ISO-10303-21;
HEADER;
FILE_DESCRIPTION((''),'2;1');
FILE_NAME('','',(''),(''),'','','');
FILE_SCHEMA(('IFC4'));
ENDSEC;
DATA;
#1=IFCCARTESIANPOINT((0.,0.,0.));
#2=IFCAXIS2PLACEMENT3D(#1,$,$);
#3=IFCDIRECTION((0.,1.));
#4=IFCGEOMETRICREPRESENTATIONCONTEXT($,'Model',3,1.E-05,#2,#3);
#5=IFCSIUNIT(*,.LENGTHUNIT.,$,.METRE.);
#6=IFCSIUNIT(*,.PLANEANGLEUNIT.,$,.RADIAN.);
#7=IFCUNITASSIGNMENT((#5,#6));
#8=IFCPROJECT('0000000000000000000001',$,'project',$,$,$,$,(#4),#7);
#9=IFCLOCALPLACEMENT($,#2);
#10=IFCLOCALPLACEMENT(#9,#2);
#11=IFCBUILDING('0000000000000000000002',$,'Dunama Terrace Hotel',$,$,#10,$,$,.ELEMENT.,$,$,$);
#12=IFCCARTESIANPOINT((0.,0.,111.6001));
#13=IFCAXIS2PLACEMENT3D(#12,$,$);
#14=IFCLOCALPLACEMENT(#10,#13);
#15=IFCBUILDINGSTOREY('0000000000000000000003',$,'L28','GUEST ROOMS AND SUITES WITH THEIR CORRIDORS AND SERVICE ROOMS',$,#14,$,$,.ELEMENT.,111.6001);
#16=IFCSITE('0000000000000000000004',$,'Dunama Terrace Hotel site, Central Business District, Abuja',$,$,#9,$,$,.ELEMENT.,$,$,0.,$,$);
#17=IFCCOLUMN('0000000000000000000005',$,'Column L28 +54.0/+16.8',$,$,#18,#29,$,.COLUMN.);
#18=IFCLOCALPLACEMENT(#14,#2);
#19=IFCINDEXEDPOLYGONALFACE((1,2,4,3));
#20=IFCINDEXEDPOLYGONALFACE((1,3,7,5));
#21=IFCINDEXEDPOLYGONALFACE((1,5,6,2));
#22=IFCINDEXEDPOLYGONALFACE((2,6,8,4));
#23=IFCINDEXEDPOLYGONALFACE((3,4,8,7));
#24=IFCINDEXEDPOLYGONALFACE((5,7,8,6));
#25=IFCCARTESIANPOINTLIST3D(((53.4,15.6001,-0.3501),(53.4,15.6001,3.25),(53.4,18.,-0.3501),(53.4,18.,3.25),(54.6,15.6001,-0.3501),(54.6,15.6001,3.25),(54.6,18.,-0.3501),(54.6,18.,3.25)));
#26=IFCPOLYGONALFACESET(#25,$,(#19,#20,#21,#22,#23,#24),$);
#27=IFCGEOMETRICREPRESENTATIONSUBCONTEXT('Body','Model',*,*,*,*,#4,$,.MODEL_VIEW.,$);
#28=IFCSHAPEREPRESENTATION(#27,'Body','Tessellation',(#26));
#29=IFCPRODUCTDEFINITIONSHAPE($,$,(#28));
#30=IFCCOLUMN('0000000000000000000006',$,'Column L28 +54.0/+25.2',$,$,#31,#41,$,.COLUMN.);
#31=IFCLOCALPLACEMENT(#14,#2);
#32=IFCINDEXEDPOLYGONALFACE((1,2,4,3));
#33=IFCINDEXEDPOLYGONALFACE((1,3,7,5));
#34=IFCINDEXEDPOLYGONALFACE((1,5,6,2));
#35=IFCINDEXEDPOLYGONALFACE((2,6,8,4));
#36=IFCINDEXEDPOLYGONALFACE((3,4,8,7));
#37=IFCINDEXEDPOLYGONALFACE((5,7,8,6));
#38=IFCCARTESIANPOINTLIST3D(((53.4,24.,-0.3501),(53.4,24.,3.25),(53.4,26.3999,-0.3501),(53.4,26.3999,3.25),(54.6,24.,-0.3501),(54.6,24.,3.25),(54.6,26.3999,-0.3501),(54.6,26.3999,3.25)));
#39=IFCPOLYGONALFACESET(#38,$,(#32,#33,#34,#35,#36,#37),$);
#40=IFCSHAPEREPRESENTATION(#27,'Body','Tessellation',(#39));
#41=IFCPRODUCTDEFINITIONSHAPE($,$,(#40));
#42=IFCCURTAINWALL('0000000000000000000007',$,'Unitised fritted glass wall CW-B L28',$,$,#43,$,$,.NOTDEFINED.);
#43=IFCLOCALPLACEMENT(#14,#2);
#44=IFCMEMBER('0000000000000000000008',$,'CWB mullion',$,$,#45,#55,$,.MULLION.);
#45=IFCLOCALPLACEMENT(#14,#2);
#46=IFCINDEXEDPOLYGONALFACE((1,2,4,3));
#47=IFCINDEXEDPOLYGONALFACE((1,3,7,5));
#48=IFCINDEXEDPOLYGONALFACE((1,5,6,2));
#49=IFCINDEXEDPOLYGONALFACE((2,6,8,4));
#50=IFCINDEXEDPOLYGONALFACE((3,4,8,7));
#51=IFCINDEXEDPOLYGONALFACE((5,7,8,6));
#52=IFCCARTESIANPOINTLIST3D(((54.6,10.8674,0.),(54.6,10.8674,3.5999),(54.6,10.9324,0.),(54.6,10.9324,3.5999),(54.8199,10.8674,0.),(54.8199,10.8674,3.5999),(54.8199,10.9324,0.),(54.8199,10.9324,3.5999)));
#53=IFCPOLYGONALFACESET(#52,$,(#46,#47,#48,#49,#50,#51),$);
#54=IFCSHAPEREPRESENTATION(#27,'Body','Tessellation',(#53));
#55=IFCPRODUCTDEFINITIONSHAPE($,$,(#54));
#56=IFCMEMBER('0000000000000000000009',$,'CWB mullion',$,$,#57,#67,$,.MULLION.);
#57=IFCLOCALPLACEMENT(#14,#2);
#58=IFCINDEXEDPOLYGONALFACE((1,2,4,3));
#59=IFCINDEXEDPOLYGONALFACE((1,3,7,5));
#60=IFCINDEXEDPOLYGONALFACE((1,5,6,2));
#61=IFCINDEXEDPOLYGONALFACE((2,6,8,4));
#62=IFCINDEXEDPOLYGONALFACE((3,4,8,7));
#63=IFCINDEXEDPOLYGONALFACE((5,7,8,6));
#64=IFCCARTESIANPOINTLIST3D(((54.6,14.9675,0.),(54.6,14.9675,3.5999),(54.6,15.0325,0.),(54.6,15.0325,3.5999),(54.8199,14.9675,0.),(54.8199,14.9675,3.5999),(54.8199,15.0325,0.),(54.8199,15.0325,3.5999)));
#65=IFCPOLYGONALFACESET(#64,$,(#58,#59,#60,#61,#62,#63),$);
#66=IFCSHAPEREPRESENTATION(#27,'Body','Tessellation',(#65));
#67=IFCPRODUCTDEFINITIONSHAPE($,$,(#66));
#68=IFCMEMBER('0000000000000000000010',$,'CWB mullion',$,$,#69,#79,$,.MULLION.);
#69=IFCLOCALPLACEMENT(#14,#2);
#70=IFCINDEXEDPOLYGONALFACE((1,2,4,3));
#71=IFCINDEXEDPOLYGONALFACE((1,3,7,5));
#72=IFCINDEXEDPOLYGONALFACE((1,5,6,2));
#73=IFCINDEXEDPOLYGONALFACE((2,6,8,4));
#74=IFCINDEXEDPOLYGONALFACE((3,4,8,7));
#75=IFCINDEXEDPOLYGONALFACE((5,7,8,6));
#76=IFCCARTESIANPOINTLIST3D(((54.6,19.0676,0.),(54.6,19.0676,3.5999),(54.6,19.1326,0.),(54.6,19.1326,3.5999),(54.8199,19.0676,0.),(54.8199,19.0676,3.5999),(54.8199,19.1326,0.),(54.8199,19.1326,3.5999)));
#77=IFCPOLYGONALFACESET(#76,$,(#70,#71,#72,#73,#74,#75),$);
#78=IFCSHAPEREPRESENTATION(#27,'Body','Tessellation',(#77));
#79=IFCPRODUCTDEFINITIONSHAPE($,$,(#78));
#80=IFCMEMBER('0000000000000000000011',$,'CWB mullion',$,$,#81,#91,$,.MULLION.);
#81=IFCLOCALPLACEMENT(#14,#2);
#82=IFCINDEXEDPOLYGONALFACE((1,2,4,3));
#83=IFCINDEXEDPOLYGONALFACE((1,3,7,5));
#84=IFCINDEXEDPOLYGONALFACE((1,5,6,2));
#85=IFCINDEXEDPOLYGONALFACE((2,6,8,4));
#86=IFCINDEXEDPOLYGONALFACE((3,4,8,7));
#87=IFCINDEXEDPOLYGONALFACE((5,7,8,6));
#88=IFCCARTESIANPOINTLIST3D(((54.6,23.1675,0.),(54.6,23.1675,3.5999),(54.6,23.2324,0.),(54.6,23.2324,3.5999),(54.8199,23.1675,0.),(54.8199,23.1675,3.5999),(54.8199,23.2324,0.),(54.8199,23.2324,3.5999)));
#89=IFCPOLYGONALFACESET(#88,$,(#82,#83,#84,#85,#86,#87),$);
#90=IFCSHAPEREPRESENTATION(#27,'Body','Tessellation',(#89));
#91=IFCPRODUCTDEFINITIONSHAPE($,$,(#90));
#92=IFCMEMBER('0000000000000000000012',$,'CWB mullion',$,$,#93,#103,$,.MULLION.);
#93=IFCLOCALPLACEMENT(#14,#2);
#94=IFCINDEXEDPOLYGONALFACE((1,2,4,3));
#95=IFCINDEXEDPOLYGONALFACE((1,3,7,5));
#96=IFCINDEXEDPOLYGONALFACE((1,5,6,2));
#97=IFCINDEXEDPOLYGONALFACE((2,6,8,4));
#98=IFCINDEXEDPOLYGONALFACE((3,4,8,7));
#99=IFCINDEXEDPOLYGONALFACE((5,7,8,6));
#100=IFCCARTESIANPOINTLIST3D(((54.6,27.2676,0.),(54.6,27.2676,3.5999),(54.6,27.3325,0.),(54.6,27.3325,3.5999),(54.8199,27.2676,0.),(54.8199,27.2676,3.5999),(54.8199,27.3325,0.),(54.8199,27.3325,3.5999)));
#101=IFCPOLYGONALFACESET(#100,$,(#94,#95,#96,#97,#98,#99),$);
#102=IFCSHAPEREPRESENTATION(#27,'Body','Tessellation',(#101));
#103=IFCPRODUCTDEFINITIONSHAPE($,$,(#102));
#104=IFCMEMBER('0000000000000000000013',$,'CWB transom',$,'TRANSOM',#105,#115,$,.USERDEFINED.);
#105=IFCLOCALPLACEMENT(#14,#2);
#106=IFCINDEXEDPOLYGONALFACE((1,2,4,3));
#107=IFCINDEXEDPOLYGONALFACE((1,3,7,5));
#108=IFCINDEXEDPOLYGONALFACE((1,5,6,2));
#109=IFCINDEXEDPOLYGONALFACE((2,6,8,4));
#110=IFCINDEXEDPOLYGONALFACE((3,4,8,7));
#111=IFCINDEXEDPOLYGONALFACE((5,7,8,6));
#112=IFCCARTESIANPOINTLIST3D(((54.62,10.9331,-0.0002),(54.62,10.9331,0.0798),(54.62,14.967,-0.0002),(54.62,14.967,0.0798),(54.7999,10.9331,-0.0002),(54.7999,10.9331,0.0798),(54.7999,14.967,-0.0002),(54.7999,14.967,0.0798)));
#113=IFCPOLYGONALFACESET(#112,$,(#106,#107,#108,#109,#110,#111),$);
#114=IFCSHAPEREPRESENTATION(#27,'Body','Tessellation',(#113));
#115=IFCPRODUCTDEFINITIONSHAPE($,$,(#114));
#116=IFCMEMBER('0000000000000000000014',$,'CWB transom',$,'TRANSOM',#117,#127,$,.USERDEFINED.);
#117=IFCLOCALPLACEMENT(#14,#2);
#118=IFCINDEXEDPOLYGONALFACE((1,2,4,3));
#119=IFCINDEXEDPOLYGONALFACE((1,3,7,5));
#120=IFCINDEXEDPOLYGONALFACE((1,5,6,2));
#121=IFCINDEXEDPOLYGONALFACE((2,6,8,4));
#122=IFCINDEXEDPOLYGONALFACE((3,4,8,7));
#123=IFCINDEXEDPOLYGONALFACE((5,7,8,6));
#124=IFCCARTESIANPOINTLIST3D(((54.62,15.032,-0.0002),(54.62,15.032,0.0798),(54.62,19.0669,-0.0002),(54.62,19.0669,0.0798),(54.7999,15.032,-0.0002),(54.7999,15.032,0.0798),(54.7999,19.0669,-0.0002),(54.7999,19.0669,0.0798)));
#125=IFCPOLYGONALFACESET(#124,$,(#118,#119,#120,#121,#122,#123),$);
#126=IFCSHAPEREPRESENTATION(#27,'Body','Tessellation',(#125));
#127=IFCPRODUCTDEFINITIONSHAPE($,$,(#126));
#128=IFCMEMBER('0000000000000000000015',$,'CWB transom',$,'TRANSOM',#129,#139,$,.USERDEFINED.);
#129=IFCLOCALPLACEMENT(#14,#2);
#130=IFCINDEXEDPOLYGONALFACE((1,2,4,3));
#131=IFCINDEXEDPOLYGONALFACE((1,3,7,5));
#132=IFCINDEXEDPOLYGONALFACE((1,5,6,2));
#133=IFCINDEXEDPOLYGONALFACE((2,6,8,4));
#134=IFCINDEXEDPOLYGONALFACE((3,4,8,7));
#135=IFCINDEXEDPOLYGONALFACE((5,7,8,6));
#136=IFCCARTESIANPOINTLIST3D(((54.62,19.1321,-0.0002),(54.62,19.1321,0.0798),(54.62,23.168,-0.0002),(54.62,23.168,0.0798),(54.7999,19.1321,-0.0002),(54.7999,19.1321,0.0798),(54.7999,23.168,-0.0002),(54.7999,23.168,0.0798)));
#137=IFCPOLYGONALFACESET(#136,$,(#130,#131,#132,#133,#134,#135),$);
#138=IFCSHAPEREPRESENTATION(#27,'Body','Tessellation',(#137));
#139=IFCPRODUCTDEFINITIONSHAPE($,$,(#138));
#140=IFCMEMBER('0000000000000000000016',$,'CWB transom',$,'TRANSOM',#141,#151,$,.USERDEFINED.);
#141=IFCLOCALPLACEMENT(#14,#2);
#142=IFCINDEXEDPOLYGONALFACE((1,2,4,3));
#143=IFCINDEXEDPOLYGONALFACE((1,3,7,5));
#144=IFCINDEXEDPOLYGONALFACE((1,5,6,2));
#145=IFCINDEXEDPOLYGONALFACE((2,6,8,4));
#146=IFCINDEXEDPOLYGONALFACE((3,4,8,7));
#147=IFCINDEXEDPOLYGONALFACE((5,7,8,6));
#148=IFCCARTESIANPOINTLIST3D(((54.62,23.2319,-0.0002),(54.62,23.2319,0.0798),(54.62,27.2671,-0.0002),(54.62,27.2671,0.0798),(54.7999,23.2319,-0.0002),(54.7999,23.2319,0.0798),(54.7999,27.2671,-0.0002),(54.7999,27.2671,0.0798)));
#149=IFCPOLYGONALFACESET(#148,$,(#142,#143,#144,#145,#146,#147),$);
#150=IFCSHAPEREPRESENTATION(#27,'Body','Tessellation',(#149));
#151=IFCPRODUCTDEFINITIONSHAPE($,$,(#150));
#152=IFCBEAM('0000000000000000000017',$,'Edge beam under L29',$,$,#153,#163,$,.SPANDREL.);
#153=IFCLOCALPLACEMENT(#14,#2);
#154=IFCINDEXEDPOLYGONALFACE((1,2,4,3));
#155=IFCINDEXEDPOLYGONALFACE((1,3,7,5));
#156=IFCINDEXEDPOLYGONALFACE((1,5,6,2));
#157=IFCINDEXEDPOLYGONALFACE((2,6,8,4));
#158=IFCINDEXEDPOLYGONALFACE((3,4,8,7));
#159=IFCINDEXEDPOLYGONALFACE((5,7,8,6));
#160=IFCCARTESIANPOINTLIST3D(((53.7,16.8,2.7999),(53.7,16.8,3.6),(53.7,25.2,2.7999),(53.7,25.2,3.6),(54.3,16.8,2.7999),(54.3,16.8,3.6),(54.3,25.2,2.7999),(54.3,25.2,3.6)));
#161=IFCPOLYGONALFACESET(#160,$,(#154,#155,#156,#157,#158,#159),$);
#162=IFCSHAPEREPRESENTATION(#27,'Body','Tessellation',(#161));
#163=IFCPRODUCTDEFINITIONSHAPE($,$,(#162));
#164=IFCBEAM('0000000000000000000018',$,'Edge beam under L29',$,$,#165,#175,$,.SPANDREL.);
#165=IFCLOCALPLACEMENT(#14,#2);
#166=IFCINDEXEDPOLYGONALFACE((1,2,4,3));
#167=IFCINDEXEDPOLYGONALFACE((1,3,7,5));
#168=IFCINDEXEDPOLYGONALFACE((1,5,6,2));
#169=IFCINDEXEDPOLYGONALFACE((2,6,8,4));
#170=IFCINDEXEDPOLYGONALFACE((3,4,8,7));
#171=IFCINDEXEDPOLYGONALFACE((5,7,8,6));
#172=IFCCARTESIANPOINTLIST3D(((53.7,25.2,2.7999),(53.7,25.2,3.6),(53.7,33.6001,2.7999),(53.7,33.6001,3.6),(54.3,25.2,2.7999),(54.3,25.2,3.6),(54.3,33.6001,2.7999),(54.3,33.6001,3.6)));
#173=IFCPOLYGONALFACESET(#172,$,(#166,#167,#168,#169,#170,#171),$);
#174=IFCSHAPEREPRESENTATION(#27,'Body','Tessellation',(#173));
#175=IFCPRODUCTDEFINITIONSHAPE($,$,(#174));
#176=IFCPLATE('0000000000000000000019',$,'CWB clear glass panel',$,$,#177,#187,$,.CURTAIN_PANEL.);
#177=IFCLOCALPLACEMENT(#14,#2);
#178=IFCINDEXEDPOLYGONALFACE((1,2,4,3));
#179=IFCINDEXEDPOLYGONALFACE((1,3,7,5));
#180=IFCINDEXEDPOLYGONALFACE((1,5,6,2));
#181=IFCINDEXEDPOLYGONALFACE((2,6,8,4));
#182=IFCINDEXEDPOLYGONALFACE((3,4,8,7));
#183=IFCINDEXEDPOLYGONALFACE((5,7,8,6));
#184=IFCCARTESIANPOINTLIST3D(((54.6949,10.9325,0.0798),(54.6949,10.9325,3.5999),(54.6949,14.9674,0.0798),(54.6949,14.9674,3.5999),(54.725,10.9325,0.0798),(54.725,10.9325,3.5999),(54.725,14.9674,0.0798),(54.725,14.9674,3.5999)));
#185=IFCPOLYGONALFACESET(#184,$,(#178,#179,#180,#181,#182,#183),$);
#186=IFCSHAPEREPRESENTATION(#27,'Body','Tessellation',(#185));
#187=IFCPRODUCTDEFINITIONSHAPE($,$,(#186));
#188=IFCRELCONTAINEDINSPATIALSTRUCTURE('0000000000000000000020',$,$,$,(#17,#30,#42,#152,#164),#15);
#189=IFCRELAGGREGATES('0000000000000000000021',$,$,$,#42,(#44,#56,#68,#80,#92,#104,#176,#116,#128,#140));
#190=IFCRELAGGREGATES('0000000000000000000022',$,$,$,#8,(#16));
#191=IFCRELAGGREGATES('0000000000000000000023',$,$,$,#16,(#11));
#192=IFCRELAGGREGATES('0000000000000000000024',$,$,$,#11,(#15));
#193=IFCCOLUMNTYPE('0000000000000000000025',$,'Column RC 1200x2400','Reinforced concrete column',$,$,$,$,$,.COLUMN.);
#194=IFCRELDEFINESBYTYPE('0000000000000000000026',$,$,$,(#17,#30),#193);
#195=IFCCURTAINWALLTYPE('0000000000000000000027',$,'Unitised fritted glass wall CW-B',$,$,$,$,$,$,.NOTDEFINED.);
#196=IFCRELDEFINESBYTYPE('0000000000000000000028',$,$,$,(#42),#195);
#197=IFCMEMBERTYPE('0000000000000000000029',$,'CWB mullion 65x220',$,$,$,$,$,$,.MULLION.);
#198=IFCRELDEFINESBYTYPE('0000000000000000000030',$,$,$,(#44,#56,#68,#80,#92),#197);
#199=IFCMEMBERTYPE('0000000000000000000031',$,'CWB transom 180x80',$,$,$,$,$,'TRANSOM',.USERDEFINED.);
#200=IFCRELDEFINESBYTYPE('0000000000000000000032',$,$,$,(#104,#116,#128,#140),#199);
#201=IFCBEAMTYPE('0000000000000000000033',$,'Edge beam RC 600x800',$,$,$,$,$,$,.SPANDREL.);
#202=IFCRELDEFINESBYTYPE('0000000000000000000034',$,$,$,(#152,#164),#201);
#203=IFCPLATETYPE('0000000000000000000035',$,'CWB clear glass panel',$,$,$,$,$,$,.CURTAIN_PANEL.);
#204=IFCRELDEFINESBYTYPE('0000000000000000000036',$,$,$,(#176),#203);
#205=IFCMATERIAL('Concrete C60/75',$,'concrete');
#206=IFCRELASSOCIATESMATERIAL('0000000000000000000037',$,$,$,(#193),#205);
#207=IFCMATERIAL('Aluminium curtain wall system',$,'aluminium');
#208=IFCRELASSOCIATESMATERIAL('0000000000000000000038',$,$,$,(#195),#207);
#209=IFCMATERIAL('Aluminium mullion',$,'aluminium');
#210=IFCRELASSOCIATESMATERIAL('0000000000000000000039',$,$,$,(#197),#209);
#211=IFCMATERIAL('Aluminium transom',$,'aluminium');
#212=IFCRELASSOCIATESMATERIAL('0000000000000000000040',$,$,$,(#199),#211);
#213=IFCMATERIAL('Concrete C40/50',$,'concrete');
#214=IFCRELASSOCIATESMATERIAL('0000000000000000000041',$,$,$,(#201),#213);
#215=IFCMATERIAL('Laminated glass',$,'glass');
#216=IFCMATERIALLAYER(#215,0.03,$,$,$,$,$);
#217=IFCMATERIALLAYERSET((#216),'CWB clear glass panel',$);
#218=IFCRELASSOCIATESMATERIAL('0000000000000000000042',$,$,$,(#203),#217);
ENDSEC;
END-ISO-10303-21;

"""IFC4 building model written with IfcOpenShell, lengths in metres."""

from ifc_helpers import new_model, si_unit, direction, frame, origin, origin_2d, place, context, subcontext, project, spatial, rectangle, extrude, material, layer, layer_set, material_profile, profile_set, type_object, element, aggregate, save


model = new_model("IFC4")

# Units and contexts
model_context = context("Model", 3, precision=1e-05, world=origin(), true_north=direction((0.0, 1.0)))
body_context = subcontext(model_context, "Body", "Model", "MODEL_VIEW")
ifc_project = project(units=[si_unit("LENGTHUNIT", "METRE"), si_unit("PLANEANGLEUNIT", "RADIAN")], contexts=[model_context])

# Site, building, storey
site_placement = place(None, origin())
site = spatial("IfcSite", under=ifc_project, at=site_placement, Name="Dunama Terrace Hotel site, Central Business District, Abuja", CompositionType="ELEMENT", RefElevation=0.0)
building_placement = place(site_placement, origin())
building = spatial("IfcBuilding", under=site, at=building_placement, Name="Dunama Terrace Hotel", CompositionType="ELEMENT")
storey_placement = place(building_placement, frame((0.0, 0.0, 111.6001)))
storey = spatial("IfcBuildingStorey", under=building, at=storey_placement, Name="L28", Description="GUEST ROOMS AND SUITES WITH THEIR CORRIDORS AND SERVICE ROOMS", CompositionType="ELEMENT", Elevation=111.6001)

# Columns
ifc_material_1 = material(Name="Concrete C60/75", Category="concrete")
ifc_material_profile_1 = material_profile(ifc_material_1, rectangle(XDim=1.2, YDim=2.3999, at=origin_2d()), Name="RC 1200x2400")
ifc_profile_set_1 = profile_set([ifc_material_profile_1], Name="Concrete C60/75")
column_type = type_object("IfcColumnType", Name="Column RC 1200x2400", Description="Reinforced concrete column", PredefinedType="COLUMN", material=ifc_profile_set_1)
for number, where, z_axis, x_axis, name in (
    (1, (54.0, 16.8, -0.3501), (0.0, 0.0, 1.0), (1.0, 0.0, 0.0), "Column L28 +54.0/+16.8"),
    (2, (54.0, 25.2, -0.3501), (0.0, 0.0, 1.0), (1.0, 0.0, 0.0), "Column L28 +54.0/+25.2"),
):
    element("IfcColumn", number, at=place(storey_placement, frame(where, z_axis=z_axis, x_axis=x_axis)), inside=storey, type_object=column_type, Name=name, PredefinedType="COLUMN", context=body_context, shape_type="SweptSolid", body=[
        extrude(rectangle(XDim=1.2, YDim=2.3999, at=origin_2d()), origin(), (0.0, 0.0, 1.0), 3.6001),
    ])

# Curtain wall, members
ifc_material_2 = material(Name="Aluminium curtain wall system", Category="aluminium")
curtain_wall_type = type_object("IfcCurtainWallType", Name="Unitised fritted glass wall CW-B", PredefinedType="NOTDEFINED", material=ifc_material_2)
curtain_wall_placement = place(storey_placement, origin())
curtain_wall = element("IfcCurtainWall", 3, at=curtain_wall_placement, inside=storey, type_object=curtain_wall_type, Name="Unitised fritted glass wall CW-B L28", PredefinedType="NOTDEFINED")
ifc_material_3 = material(Name="Aluminium mullion", Category="aluminium")
ifc_material_profile_2 = material_profile(ifc_material_3, rectangle(XDim=0.0649, YDim=0.22, at=origin_2d()), Name="CWB MULLION 65X220")
ifc_profile_set_2 = profile_set([ifc_material_profile_2], Name="Aluminium mullion")
member_type_1 = type_object("IfcMemberType", Name="CWB mullion 65x220", PredefinedType="MULLION", material=ifc_profile_set_2)
member_1_placement = place(storey_placement, frame((54.71, 10.8999, 0.0), z_axis=(0.0, 0.0, 1.0), x_axis=(0.0, 1.0, 0.0)))
member_1 = element("IfcMember", 4, at=member_1_placement, type_object=member_type_1, Name="CWB mullion", PredefinedType="MULLION", context=body_context, shape_type="SweptSolid", body=[
    extrude(rectangle(XDim=0.0649, YDim=0.22, at=origin_2d()), origin(), (0.0, 0.0, 1.0), 3.5999),
])
member_2_placement = place(storey_placement, frame((54.71, 15.0, 0.0), z_axis=(0.0, 0.0, 1.0), x_axis=(0.0, 1.0, 0.0)))
member_2 = element("IfcMember", 5, at=member_2_placement, type_object=member_type_1, Name="CWB mullion", PredefinedType="MULLION", context=body_context, shape_type="SweptSolid", body=[
    extrude(rectangle(XDim=0.0649, YDim=0.22, at=origin_2d()), origin(), (0.0, 0.0, 1.0), 3.5999),
])
member_3_placement = place(storey_placement, frame((54.71, 19.1001, 0.0), z_axis=(0.0, 0.0, 1.0), x_axis=(0.0, 1.0, 0.0)))
member_3 = element("IfcMember", 6, at=member_3_placement, type_object=member_type_1, Name="CWB mullion", PredefinedType="MULLION", context=body_context, shape_type="SweptSolid", body=[
    extrude(rectangle(XDim=0.0649, YDim=0.22, at=origin_2d()), origin(), (0.0, 0.0, 1.0), 3.5999),
])
member_4_placement = place(storey_placement, frame((54.71, 23.2, 0.0), z_axis=(0.0, 0.0, 1.0), x_axis=(0.0, 1.0, 0.0)))
member_4 = element("IfcMember", 7, at=member_4_placement, type_object=member_type_1, Name="CWB mullion", PredefinedType="MULLION", context=body_context, shape_type="SweptSolid", body=[
    extrude(rectangle(XDim=0.0649, YDim=0.22, at=origin_2d()), origin(), (0.0, 0.0, 1.0), 3.5999),
])
member_5_placement = place(storey_placement, frame((54.71, 27.3, 0.0), z_axis=(0.0, 0.0, 1.0), x_axis=(0.0, 1.0, 0.0)))
member_5 = element("IfcMember", 8, at=member_5_placement, type_object=member_type_1, Name="CWB mullion", PredefinedType="MULLION", context=body_context, shape_type="SweptSolid", body=[
    extrude(rectangle(XDim=0.0649, YDim=0.22, at=origin_2d()), origin(), (0.0, 0.0, 1.0), 3.5999),
])
ifc_material_4 = material(Name="Aluminium transom", Category="aluminium")
ifc_material_profile_3 = material_profile(ifc_material_4, rectangle(XDim=0.1799, YDim=0.0801, at=origin_2d()), Name="CWB TRANSOM 180X80")
ifc_profile_set_3 = profile_set([ifc_material_profile_3], Name="Aluminium transom")
member_type_2 = type_object("IfcMemberType", Name="CWB transom 180x80", ElementType="TRANSOM", PredefinedType="USERDEFINED", material=ifc_profile_set_3)
member_6_placement = place(storey_placement, frame((54.71, 10.9331, 0.0398), z_axis=(0.0, 1.0, 0.0), x_axis=(-1.0, 0.0, 0.0)))
member_6 = element("IfcMember", 9, at=member_6_placement, type_object=member_type_2, Name="CWB transom", ObjectType="TRANSOM", PredefinedType="USERDEFINED", context=body_context, shape_type="SweptSolid", body=[
    extrude(rectangle(XDim=0.1799, YDim=0.0801, at=origin_2d()), origin(), (0.0, 0.0, 1.0), 4.0339),
])
member_7_placement = place(storey_placement, frame((54.71, 15.032, 0.0398), z_axis=(0.0, 1.0, 0.0), x_axis=(-1.0, 0.0, 0.0)))
member_7 = element("IfcMember", 10, at=member_7_placement, type_object=member_type_2, Name="CWB transom", ObjectType="TRANSOM", PredefinedType="USERDEFINED", context=body_context, shape_type="SweptSolid", body=[
    extrude(rectangle(XDim=0.1799, YDim=0.0801, at=origin_2d()), origin(), (0.0, 0.0, 1.0), 4.0349),
])
member_8_placement = place(storey_placement, frame((54.71, 19.1321, 0.0398), z_axis=(0.0, 1.0, 0.0), x_axis=(-1.0, 0.0, 0.0)))
member_8 = element("IfcMember", 11, at=member_8_placement, type_object=member_type_2, Name="CWB transom", ObjectType="TRANSOM", PredefinedType="USERDEFINED", context=body_context, shape_type="SweptSolid", body=[
    extrude(rectangle(XDim=0.1799, YDim=0.0801, at=origin_2d()), origin(), (0.0, 0.0, 1.0), 4.0359),
])
member_9_placement = place(storey_placement, frame((54.71, 23.2319, 0.0398), z_axis=(0.0, 1.0, 0.0), x_axis=(-1.0, 0.0, 0.0)))
member_9 = element("IfcMember", 12, at=member_9_placement, type_object=member_type_2, Name="CWB transom", ObjectType="TRANSOM", PredefinedType="USERDEFINED", context=body_context, shape_type="SweptSolid", body=[
    extrude(rectangle(XDim=0.1799, YDim=0.0801, at=origin_2d()), origin(), (0.0, 0.0, 1.0), 4.0352),
])

# Beams
ifc_material_5 = material(Name="Concrete C40/50", Category="concrete")
ifc_material_profile_4 = material_profile(ifc_material_5, rectangle(XDim=0.6001, YDim=0.8, at=origin_2d()), Name="RC 600x800")
ifc_profile_set_4 = profile_set([ifc_material_profile_4], Name="Concrete C40/50")
beam_type = type_object("IfcBeamType", Name="Edge beam RC 600x800", PredefinedType="SPANDREL", material=ifc_profile_set_4)
beam_1_placement = place(storey_placement, frame((54.0, 16.8, 3.2), z_axis=(0.0, 1.0, 0.0), x_axis=(-1.0, 0.0, 0.0)))
element("IfcBeam", 13, at=beam_1_placement, inside=storey, type_object=beam_type, Name="Edge beam under L29", PredefinedType="SPANDREL", context=body_context, shape_type="SweptSolid", body=[
    extrude(rectangle(XDim=0.6001, YDim=0.8, at=origin_2d()), origin(), (0.0, 0.0, 1.0), 8.3999),
])
beam_2_placement = place(storey_placement, frame((54.0, 25.2, 3.2), z_axis=(0.0, 1.0, 0.0), x_axis=(-1.0, 0.0, 0.0)))
element("IfcBeam", 14, at=beam_2_placement, inside=storey, type_object=beam_type, Name="Edge beam under L29", PredefinedType="SPANDREL", context=body_context, shape_type="SweptSolid", body=[
    extrude(rectangle(XDim=0.6001, YDim=0.8, at=origin_2d()), origin(), (0.0, 0.0, 1.0), 8.4001),
])

# Plate
ifc_material_6 = material(Name="Laminated glass", Category="glass")
ifc_layer_1 = layer(ifc_material_6, 0.03)
ifc_layer_set_1 = layer_set([ifc_layer_1], Name="CWB clear glass panel")
plate_type_1 = type_object("IfcPlateType", Name="CWB clear glass panel", PredefinedType="CURTAIN_PANEL", material=ifc_layer_set_1)
plate_1_placement = place(storey_placement, frame((54.71, 12.95, 0.0798), z_axis=(0.0, 0.0, 1.0), x_axis=(0.0, 1.0, 0.0)))
plate_1 = element("IfcPlate", 15, at=plate_1_placement, type_object=plate_type_1, Name="CWB clear glass panel", PredefinedType="CURTAIN_PANEL", context=body_context, shape_type="SweptSolid", body=[
    extrude(rectangle(XDim=4.0349, YDim=0.03, at=origin_2d()), origin(), (0.0, 0.0, 1.0), 3.52),
])
aggregate(curtain_wall, [member_1, member_2, member_3, member_4, member_5, member_6, plate_1, member_7, member_8, member_9])

save(model, "model.ifc")
